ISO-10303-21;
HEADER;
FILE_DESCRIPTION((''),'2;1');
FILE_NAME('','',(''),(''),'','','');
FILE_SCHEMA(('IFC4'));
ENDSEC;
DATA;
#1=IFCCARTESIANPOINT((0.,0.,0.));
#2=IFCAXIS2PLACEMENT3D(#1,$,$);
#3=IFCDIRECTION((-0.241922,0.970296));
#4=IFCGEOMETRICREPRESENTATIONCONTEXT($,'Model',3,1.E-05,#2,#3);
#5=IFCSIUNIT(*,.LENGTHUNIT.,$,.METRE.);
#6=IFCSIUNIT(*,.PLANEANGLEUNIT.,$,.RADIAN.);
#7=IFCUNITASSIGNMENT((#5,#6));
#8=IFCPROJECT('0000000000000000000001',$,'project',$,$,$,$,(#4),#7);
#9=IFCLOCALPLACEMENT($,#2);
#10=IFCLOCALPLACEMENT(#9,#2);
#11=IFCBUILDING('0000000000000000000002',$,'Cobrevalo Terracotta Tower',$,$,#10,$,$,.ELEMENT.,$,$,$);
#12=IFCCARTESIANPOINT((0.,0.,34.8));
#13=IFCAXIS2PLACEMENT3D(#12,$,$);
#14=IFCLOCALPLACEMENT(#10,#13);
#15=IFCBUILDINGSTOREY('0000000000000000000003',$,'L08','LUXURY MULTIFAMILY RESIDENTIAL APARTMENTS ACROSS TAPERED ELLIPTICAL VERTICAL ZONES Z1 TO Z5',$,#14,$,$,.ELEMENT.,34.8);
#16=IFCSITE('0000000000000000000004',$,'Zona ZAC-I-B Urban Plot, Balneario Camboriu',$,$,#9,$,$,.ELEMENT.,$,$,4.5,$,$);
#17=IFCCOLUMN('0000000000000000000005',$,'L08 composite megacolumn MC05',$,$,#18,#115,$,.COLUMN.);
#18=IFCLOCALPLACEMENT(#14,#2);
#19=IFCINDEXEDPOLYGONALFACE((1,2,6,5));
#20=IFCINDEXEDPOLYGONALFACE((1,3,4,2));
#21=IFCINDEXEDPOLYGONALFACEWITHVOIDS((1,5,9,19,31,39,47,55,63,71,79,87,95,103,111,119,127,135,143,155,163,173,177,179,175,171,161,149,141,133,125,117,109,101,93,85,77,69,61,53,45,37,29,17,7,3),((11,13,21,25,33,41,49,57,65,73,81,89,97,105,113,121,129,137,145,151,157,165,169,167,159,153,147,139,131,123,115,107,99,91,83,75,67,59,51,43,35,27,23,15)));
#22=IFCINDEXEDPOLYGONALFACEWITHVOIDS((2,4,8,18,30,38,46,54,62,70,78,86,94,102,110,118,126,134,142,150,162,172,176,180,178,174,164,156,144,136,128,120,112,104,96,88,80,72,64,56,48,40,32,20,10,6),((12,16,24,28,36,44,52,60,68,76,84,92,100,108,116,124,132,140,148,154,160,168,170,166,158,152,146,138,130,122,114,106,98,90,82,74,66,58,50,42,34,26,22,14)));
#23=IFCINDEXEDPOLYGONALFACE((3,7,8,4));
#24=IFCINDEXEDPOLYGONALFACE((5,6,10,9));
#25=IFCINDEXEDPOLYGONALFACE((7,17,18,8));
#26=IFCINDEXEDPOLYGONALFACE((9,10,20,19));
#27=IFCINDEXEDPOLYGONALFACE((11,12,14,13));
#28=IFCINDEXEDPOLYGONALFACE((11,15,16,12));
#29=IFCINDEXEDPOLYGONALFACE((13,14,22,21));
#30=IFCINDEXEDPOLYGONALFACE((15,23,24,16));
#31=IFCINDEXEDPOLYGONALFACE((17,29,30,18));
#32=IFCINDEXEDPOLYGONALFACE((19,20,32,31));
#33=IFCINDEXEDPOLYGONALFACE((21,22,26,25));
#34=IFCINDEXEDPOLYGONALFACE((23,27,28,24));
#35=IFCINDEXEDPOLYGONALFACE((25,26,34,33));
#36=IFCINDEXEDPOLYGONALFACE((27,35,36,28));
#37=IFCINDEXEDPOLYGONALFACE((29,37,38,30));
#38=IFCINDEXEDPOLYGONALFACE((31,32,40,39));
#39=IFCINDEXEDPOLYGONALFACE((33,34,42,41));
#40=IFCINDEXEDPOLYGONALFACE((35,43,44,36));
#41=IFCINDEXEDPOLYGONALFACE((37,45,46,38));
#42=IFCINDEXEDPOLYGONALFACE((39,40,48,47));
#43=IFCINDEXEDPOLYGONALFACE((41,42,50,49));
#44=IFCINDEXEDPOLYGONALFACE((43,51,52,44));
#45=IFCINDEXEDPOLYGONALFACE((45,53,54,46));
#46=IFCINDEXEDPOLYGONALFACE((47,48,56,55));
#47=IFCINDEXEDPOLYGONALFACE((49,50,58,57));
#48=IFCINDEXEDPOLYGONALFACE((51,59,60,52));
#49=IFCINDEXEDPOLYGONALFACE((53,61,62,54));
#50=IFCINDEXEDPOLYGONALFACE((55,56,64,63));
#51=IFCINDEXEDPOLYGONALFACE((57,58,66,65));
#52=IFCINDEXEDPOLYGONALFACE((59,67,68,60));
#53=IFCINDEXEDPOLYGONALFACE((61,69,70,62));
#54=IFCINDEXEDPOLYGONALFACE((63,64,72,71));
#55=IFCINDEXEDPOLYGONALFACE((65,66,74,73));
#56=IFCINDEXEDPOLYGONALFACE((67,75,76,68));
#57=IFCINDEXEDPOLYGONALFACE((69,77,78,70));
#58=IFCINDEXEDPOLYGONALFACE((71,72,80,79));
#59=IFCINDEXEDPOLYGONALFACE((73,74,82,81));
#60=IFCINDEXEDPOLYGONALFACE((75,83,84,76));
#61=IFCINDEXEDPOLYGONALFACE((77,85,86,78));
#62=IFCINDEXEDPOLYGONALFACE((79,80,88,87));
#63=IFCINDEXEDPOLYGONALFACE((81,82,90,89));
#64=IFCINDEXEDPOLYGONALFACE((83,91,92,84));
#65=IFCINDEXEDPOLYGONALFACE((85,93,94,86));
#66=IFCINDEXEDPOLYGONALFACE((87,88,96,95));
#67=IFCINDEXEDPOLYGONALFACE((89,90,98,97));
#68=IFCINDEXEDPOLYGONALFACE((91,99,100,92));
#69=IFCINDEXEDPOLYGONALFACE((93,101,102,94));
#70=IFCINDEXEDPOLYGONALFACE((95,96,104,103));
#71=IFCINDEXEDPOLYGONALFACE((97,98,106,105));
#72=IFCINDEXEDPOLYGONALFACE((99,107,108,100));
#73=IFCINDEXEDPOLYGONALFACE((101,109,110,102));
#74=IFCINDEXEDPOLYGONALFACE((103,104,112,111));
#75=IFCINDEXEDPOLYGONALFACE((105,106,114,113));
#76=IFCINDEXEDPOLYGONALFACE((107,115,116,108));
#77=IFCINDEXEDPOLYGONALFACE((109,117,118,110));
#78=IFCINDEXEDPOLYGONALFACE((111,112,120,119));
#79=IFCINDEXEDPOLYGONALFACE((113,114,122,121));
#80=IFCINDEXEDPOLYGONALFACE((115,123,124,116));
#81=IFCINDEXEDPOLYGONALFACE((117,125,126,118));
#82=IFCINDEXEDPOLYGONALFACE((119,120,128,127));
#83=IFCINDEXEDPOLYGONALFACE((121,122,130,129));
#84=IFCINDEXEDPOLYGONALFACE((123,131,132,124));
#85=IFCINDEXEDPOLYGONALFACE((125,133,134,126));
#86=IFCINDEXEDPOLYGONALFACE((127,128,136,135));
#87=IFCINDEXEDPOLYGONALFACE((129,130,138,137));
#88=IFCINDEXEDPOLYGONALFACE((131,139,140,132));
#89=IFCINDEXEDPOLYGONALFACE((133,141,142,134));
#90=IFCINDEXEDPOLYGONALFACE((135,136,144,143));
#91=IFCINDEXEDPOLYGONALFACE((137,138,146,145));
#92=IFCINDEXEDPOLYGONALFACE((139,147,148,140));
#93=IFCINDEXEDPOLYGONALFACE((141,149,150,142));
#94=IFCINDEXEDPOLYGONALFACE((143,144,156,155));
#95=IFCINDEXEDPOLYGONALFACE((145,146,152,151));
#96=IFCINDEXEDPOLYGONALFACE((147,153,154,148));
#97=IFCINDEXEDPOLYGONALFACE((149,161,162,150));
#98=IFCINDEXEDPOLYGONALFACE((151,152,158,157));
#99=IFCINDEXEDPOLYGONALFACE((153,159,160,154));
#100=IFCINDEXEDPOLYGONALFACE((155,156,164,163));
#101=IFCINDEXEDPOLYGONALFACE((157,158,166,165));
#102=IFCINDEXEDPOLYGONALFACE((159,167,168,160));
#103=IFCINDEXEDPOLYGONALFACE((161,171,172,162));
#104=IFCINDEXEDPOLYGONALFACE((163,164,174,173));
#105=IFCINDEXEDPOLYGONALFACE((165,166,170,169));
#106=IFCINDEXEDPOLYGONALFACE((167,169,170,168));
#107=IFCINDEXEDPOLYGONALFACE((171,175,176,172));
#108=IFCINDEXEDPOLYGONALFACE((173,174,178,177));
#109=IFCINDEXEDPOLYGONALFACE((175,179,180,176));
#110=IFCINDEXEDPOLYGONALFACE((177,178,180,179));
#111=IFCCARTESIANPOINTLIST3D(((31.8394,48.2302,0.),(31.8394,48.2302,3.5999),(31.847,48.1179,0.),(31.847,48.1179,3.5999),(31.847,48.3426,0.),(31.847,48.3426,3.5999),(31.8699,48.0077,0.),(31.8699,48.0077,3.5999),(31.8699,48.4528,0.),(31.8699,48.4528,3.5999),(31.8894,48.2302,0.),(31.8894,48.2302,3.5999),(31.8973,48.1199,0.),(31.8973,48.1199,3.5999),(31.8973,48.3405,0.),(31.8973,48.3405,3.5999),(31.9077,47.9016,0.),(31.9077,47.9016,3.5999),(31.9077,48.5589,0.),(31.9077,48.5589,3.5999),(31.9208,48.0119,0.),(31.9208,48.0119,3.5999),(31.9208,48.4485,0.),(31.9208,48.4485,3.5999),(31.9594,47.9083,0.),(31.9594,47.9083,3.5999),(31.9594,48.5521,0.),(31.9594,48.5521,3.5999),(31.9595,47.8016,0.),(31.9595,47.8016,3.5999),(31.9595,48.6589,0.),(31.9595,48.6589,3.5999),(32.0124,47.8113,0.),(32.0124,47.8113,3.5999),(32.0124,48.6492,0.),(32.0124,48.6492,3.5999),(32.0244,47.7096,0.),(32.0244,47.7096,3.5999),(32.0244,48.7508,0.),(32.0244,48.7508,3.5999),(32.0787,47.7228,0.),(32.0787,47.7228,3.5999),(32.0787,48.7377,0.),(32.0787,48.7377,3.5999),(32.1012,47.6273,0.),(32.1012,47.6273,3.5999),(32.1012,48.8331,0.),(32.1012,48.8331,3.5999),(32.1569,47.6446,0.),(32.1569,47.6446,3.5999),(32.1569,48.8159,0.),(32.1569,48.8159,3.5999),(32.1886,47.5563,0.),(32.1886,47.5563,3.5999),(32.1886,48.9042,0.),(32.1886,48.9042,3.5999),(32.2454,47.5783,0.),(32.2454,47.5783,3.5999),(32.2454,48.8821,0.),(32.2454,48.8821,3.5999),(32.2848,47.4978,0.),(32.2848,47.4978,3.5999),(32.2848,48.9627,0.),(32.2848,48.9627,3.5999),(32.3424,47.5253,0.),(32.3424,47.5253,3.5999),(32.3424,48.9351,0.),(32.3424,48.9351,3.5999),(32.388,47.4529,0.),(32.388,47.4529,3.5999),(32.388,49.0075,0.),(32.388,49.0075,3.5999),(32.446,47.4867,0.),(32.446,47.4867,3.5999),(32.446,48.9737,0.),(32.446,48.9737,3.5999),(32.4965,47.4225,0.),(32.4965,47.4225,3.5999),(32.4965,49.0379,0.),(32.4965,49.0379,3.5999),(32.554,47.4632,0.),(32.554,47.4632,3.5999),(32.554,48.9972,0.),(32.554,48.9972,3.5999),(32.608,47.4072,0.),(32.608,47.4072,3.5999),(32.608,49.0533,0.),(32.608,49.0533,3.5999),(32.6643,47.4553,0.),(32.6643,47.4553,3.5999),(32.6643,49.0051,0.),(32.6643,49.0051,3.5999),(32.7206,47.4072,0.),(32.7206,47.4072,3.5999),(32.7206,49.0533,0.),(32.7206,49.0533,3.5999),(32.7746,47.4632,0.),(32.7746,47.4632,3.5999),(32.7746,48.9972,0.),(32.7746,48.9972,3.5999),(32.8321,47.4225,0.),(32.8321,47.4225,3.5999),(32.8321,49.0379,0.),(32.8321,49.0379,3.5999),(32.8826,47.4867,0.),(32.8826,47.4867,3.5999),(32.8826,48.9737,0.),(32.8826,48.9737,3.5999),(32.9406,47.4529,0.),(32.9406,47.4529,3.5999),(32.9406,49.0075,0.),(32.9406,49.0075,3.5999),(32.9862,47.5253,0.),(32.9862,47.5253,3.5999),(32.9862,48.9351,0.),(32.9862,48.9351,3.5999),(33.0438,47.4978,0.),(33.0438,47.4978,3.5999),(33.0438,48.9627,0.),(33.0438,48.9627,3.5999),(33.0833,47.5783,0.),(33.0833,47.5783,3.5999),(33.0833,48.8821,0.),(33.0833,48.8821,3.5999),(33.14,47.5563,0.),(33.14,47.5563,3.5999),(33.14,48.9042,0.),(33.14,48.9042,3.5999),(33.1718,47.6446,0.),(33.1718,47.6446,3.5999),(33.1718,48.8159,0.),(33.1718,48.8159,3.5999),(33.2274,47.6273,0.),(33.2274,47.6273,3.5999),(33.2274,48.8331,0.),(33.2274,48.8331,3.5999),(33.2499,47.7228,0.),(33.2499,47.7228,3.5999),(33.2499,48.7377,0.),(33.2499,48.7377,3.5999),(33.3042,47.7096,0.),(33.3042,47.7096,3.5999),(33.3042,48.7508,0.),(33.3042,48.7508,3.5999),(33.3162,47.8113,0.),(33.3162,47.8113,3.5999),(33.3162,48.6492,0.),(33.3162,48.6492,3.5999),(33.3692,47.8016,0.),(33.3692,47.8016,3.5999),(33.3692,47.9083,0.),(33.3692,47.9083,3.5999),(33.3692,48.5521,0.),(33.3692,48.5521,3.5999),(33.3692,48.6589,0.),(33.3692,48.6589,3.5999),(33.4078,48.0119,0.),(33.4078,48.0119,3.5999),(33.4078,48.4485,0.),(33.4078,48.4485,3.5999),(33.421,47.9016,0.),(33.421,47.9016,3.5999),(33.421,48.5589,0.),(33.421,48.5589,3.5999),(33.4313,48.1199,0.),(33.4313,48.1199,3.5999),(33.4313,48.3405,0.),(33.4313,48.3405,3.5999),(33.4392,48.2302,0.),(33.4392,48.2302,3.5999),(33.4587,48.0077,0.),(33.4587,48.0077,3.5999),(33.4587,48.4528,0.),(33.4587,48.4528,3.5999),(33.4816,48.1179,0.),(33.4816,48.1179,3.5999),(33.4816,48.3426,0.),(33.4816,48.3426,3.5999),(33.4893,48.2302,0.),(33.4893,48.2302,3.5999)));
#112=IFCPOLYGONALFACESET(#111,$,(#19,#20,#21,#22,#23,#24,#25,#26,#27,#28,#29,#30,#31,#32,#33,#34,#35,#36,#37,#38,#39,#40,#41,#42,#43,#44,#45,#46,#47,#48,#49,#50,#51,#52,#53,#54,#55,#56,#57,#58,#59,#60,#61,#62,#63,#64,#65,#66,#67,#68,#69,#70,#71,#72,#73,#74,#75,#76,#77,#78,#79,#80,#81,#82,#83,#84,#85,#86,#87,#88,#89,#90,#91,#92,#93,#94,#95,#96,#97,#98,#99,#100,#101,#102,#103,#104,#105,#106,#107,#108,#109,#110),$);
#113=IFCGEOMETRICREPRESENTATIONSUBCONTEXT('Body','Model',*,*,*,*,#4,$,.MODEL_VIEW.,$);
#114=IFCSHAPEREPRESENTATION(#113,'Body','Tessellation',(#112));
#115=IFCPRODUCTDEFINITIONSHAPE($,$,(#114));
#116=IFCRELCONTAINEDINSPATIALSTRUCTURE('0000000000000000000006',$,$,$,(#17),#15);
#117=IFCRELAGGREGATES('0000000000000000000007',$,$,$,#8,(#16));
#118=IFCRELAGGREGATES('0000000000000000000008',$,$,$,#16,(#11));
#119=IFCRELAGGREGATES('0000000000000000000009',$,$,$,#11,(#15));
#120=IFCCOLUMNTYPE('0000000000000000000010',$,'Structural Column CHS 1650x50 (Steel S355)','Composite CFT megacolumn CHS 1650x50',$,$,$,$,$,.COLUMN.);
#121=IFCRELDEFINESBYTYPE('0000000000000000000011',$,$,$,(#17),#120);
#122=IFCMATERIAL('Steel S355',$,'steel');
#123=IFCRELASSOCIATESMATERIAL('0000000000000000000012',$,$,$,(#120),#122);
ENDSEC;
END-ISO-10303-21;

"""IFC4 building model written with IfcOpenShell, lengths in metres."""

from ifc_helpers import new_model, si_unit, direction, frame, origin, origin_2d, place, context, subcontext, project, spatial, hollow_circle, extrude, material, material_profile, profile_set, type_object, element, save


model = new_model("IFC4")

# Units and contexts
model_context = context("Model", 3, precision=1e-05, world=origin(), true_north=direction((-0.241922, 0.970296)))
body_context = subcontext(model_context, "Body", "Model", "MODEL_VIEW")
ifc_project = project(units=[si_unit("LENGTHUNIT", "METRE"), si_unit("PLANEANGLEUNIT", "RADIAN")], contexts=[model_context])

# Site, building, storey
site_placement = place(None, origin())
site = spatial("IfcSite", under=ifc_project, at=site_placement, Name="Zona ZAC-I-B Urban Plot, Balneario Camboriu", CompositionType="ELEMENT", RefElevation=4.5)
building_placement = place(site_placement, origin())
building = spatial("IfcBuilding", under=site, at=building_placement, Name="Cobrevalo Terracotta Tower", CompositionType="ELEMENT")
storey_placement = place(building_placement, frame((0.0, 0.0, 34.8)))
storey = spatial("IfcBuildingStorey", under=building, at=storey_placement, Name="L08", Description="LUXURY MULTIFAMILY RESIDENTIAL APARTMENTS ACROSS TAPERED ELLIPTICAL VERTICAL ZONES Z1 TO Z5", CompositionType="ELEMENT", Elevation=34.8)

# Column
ifc_material_1 = material(Name="Steel S355", Category="steel")
ifc_material_profile_1 = material_profile(ifc_material_1, hollow_circle(Radius=0.825, WallThickness=0.05, at=origin_2d()), Name="CHS 1650x50")
ifc_profile_set_1 = profile_set([ifc_material_profile_1], Name="Steel S355")
column_type = type_object("IfcColumnType", Name="Structural Column CHS 1650x50 (Steel S355)", Description="Composite CFT megacolumn CHS 1650x50", PredefinedType="COLUMN", material=ifc_profile_set_1)
for number, where, z_axis, x_axis, name in (
    (1, (32.6643, 48.2302, 0.0), (0.0, 0.0, 1.0), (1.0, 0.0, 0.0), "L08 composite megacolumn MC05"),
):
    element("IfcColumn", number, at=place(storey_placement, frame(where, z_axis=z_axis, x_axis=x_axis)), inside=storey, type_object=column_type, Name=name, PredefinedType="COLUMN", context=body_context, shape_type="SweptSolid", body=[
        extrude(hollow_circle(Radius=0.825, WallThickness=0.05, at=origin_2d()), origin(), (0.0, 0.0, 1.0), 3.5999),
    ])

save(model, "model.ifc")
